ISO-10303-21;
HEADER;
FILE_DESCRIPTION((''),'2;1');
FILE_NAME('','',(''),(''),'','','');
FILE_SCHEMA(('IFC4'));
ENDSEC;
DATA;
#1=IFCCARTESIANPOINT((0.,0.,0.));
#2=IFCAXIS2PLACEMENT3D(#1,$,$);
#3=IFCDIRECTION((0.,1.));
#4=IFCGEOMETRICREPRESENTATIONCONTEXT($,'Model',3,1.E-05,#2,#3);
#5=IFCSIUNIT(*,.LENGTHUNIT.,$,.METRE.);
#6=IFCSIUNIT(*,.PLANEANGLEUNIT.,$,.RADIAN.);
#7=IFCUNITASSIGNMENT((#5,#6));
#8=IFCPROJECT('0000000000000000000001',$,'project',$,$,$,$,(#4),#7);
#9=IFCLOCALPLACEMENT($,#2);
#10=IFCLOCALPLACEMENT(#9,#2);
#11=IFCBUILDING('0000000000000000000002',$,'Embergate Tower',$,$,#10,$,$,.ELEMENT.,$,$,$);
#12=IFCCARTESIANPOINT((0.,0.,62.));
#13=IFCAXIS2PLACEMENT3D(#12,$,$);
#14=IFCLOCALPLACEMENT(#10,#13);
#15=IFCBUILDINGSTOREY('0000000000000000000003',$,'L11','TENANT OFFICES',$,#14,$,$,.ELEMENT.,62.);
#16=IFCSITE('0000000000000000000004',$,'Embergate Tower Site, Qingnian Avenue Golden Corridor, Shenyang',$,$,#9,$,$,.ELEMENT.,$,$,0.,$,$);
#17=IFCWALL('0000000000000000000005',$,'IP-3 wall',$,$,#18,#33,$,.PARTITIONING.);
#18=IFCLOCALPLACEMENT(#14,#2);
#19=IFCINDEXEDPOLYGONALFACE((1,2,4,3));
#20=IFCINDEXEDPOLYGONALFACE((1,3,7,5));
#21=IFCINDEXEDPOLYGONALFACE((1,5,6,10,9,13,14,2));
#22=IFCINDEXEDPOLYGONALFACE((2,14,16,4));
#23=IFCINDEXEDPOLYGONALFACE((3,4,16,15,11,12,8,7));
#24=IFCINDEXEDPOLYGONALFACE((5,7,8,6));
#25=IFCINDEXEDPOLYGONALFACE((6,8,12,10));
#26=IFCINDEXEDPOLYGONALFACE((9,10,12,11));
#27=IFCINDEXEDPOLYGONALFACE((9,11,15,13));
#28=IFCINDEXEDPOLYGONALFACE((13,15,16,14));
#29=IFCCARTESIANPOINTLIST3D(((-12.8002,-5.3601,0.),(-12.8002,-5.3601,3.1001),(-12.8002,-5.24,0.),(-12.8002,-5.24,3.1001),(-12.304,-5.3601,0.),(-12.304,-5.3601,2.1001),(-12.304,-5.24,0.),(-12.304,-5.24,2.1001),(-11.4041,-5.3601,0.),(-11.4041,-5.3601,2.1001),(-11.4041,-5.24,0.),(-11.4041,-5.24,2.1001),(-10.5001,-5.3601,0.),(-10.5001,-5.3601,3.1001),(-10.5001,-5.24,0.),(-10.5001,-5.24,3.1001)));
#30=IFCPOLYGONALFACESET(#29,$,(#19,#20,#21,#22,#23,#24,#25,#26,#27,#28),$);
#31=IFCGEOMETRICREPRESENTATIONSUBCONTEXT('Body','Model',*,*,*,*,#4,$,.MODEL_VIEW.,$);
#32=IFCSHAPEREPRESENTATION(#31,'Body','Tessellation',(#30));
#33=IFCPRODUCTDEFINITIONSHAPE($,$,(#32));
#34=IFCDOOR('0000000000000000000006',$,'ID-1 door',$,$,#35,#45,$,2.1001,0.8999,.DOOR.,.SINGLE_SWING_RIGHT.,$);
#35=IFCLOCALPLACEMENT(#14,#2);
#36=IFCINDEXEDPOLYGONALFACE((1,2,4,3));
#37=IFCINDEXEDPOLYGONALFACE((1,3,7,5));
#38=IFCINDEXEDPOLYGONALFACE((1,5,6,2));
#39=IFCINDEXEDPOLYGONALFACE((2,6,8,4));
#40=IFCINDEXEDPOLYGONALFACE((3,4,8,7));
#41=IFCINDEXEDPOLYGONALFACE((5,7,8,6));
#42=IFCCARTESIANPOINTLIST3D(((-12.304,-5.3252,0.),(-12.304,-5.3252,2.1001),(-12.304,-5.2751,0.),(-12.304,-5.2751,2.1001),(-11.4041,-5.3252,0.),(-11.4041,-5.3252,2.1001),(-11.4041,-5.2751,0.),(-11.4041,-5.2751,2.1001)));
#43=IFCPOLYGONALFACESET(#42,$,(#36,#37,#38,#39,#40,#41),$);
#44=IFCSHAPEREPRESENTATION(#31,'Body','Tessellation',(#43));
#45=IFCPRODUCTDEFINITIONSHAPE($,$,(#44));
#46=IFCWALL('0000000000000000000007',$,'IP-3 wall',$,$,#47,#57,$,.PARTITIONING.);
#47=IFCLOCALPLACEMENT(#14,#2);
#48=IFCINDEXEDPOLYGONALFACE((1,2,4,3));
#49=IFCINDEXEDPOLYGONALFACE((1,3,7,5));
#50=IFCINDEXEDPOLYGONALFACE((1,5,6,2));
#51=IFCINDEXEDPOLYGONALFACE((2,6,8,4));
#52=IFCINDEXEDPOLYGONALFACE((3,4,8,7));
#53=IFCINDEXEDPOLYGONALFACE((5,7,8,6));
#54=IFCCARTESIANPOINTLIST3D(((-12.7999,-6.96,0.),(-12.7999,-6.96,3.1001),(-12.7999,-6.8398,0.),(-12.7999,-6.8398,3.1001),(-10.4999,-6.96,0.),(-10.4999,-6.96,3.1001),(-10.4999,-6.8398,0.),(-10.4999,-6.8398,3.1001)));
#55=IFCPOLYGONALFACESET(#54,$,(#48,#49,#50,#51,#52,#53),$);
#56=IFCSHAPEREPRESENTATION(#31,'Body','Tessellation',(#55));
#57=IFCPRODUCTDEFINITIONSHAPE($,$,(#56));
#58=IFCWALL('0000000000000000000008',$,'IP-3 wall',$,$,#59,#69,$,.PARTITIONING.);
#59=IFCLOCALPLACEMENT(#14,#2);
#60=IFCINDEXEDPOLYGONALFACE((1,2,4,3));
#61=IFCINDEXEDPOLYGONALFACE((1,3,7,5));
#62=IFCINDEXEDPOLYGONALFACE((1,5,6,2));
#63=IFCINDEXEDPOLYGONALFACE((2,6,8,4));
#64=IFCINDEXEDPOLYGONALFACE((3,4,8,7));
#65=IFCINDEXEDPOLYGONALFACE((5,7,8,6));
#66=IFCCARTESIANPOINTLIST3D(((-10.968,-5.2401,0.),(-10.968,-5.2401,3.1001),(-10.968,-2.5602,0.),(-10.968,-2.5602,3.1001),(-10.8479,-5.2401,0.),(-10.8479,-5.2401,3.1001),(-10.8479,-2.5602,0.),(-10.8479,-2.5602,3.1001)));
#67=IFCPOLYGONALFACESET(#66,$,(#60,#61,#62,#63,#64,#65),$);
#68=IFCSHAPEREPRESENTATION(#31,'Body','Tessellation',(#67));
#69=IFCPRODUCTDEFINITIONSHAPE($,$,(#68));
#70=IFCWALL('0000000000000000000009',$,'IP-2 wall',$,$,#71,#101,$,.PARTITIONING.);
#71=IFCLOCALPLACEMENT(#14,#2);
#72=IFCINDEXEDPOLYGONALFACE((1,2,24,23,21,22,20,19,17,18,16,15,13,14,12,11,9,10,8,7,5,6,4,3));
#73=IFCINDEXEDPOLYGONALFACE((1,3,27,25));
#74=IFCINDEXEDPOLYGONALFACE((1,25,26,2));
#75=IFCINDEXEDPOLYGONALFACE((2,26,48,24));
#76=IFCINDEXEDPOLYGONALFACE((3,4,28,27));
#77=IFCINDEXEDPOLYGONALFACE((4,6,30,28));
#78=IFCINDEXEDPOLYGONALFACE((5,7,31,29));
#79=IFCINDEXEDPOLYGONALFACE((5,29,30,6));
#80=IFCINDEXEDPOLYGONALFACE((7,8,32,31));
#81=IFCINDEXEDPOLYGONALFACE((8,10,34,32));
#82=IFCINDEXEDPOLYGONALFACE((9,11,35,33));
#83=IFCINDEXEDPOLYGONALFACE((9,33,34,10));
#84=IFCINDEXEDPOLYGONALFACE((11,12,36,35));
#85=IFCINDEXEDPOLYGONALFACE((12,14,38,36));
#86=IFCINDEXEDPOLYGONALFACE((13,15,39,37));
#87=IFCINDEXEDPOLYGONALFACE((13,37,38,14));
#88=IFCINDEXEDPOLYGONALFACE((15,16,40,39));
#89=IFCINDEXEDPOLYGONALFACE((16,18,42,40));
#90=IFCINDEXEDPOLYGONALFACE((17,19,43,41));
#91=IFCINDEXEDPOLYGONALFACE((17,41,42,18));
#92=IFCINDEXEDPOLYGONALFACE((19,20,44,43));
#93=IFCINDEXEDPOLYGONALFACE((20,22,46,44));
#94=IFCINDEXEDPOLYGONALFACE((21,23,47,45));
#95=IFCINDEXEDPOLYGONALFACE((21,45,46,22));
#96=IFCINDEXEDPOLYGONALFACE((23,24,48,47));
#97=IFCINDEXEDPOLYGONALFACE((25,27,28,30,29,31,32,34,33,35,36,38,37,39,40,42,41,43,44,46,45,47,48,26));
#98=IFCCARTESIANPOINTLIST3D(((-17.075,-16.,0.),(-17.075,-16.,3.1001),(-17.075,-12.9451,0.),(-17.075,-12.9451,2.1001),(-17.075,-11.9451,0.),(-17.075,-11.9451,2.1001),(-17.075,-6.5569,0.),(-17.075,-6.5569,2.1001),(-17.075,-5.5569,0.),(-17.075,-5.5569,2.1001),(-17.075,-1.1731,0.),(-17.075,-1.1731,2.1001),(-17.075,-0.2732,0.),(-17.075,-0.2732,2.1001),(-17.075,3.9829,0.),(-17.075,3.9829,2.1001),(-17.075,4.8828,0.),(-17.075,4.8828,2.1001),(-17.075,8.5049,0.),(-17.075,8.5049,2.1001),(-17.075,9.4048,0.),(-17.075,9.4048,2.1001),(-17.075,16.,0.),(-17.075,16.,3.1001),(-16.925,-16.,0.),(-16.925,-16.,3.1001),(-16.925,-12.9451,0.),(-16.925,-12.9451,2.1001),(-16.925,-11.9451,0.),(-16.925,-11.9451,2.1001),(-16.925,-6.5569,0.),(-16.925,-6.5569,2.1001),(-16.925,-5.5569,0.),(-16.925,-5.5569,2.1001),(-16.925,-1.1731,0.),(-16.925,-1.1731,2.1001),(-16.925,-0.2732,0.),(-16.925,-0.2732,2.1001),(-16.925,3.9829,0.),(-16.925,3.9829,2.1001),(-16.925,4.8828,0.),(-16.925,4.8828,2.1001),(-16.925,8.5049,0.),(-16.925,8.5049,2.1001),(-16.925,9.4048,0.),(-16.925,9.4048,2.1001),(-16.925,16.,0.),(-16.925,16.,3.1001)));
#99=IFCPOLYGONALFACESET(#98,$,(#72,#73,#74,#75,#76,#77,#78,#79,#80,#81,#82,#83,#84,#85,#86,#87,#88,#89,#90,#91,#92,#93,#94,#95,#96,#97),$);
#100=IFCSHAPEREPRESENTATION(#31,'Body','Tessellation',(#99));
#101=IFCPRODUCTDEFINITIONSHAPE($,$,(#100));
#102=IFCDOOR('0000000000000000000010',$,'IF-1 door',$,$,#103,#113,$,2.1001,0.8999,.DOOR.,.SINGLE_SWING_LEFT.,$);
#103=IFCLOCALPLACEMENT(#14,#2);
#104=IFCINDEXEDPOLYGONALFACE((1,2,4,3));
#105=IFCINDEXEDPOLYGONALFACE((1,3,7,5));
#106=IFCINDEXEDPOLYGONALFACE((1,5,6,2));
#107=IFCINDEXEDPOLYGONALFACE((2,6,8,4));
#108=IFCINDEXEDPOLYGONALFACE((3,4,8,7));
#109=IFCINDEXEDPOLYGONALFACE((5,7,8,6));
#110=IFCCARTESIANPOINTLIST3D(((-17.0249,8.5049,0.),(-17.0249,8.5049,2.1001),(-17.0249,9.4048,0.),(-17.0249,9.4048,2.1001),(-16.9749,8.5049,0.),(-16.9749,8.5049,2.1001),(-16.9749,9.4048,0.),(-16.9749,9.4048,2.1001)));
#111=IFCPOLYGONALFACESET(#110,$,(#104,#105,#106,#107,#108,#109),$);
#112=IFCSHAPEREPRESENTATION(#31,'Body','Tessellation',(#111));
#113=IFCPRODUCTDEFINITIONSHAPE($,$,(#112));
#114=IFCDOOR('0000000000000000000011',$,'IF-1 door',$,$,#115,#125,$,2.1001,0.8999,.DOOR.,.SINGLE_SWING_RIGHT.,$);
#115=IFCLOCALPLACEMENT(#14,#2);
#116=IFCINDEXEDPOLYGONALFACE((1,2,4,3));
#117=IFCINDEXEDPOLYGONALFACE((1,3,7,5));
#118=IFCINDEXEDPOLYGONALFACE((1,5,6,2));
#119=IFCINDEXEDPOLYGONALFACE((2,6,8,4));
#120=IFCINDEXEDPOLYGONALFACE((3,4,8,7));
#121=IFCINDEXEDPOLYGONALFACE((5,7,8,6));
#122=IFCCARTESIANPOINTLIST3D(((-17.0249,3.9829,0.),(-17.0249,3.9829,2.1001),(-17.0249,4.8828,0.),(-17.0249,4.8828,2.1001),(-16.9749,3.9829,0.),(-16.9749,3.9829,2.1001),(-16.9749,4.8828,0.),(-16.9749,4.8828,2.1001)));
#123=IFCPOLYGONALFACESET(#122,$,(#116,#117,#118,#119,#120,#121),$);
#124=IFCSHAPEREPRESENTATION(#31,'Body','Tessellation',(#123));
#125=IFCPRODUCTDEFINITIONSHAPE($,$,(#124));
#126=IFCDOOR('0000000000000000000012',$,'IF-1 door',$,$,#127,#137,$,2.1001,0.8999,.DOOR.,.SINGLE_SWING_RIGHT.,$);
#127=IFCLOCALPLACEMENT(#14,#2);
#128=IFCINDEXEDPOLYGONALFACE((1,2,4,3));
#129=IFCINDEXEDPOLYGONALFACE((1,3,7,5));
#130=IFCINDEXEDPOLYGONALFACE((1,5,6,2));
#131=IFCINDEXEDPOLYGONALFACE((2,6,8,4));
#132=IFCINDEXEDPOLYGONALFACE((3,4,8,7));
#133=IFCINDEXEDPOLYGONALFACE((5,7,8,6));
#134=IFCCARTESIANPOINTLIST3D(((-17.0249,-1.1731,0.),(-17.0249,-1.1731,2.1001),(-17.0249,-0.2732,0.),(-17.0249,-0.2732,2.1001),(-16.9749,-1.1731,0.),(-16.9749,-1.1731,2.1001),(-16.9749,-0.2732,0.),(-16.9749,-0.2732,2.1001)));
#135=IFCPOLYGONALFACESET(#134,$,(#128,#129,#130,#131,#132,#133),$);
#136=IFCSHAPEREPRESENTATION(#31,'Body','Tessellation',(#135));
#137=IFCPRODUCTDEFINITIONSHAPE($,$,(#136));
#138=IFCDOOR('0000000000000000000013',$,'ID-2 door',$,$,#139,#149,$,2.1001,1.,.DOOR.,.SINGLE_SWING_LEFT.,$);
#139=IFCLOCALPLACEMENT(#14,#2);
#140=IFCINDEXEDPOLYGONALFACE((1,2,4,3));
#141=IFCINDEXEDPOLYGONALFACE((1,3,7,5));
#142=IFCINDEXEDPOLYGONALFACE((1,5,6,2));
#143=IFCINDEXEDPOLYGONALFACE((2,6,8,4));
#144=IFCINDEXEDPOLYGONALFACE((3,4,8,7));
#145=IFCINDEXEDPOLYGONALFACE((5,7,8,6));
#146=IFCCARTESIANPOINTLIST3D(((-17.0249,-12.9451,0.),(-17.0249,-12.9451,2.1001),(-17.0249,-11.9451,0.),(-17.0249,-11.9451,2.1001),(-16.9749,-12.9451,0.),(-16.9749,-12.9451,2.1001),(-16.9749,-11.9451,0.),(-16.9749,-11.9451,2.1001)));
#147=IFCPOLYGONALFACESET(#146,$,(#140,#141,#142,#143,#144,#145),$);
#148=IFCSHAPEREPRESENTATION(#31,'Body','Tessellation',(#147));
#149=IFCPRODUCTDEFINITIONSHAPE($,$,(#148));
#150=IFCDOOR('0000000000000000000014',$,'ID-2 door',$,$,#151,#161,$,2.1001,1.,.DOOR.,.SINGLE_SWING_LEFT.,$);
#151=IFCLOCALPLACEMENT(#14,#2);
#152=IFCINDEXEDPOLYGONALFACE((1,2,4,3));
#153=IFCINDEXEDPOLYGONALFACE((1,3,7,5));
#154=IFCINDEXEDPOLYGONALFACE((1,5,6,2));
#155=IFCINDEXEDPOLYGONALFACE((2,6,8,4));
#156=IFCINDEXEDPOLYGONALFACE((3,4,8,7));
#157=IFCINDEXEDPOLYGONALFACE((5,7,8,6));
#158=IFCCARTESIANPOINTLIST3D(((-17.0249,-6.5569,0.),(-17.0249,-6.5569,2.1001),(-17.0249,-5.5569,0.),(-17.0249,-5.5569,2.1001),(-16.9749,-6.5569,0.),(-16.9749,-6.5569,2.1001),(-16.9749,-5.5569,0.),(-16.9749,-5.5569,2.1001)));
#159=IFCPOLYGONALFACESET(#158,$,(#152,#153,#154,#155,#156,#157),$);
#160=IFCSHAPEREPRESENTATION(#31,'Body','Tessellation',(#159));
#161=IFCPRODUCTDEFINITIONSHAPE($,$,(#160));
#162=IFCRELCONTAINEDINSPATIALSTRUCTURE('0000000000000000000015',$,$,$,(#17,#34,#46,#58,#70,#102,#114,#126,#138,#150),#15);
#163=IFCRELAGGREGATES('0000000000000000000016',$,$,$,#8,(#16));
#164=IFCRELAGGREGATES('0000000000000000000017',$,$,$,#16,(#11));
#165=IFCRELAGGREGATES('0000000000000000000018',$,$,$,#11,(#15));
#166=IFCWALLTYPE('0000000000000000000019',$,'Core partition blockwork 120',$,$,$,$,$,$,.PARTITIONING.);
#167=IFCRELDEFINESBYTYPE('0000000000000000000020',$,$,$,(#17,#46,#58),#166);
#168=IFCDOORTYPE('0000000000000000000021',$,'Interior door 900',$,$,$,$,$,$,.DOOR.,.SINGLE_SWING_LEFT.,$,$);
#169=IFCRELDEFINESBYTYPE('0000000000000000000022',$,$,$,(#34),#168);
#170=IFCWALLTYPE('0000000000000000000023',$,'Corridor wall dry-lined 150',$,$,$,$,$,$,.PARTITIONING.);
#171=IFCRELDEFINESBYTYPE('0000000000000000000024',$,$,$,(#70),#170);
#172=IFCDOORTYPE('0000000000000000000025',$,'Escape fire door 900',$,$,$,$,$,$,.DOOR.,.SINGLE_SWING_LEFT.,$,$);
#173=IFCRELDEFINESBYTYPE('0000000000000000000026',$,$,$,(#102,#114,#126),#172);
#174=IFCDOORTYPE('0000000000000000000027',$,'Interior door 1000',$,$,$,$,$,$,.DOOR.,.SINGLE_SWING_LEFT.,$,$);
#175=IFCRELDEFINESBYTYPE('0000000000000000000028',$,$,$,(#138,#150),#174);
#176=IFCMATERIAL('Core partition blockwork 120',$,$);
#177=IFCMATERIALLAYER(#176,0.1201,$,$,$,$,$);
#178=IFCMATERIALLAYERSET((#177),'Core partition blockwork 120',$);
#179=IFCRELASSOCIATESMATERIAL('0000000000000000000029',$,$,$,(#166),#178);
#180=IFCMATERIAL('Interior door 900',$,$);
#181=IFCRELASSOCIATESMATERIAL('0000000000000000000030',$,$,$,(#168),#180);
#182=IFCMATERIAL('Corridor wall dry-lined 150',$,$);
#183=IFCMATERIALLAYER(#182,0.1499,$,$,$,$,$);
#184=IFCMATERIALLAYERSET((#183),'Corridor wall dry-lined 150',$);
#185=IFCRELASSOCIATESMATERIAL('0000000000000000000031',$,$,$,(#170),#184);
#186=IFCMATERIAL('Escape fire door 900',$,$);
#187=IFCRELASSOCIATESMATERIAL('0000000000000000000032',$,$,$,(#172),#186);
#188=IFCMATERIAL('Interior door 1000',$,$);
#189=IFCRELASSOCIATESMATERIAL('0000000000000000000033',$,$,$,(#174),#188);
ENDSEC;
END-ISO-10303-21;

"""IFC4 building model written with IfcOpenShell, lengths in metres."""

from ifc_helpers import new_model, si_unit, direction, frame, frame_2d, origin, place, context, subcontext, project, spatial, rectangle, extrude, source, transform, mapped, material, layer, layer_set, type_object, element, fill, save


model = new_model("IFC4")

# Units and contexts
model_context = context("Model", 3, precision=1e-05, world=origin(), true_north=direction((0.0, 1.0)))
body_context = subcontext(model_context, "Body", "Model", "MODEL_VIEW")
ifc_project = project(units=[si_unit("LENGTHUNIT", "METRE"), si_unit("PLANEANGLEUNIT", "RADIAN")], contexts=[model_context])

# Site, building, storey
site_placement = place(None, origin())
site = spatial("IfcSite", under=ifc_project, at=site_placement, Name="Embergate Tower Site, Qingnian Avenue Golden Corridor, Shenyang", CompositionType="ELEMENT", RefElevation=0.0)
building_placement = place(site_placement, origin())
building = spatial("IfcBuilding", under=site, at=building_placement, Name="Embergate Tower", CompositionType="ELEMENT")
storey_placement = place(building_placement, frame((0.0, 0.0, 62.0)))
storey = spatial("IfcBuildingStorey", under=building, at=storey_placement, Name="L11", Description="TENANT OFFICES", CompositionType="ELEMENT", Elevation=62.0)

# Wall, opening, door
ifc_material_1 = material(Name="Core partition blockwork 120")
ifc_layer_1 = layer(ifc_material_1, 0.1201)
ifc_layer_set_1 = layer_set([ifc_layer_1], Name="Core partition blockwork 120")
wall_type_1 = type_object("IfcWallType", Name="Core partition blockwork 120", PredefinedType="PARTITIONING", material=ifc_layer_set_1)
shared_shape_1 = source(origin(), body_context, "Body", "SweptSolid", [
    extrude(rectangle(XDim=2.3, YDim=0.1201, at=frame_2d((1.1499, 0.0))), origin(), (0.0, 0.0, 1.0), 3.1001),
])
shared_shape_2 = source(origin(), body_context, "Body", "SweptSolid", [
    extrude(rectangle(XDim=0.8999, YDim=2.1001, at=frame_2d((0.45, 1.05))), frame((0.0, 0.0701, 0.0), z_axis=(0.0, -1.0, 0.0), x_axis=(1.0, 0.0, 0.0)), (0.0, 0.0, 1.0), 0.1401),
])
ifc_material_2 = material(Name="Interior door 900")
door_type_1 = type_object("IfcDoorType", Name="Interior door 900", OperationType="SINGLE_SWING_LEFT", PredefinedType="DOOR", material=ifc_material_2)
shared_shape_3 = source(origin(), body_context, "Body", "SweptSolid", [
    extrude(rectangle(XDim=0.8999, YDim=2.1001, at=frame_2d((0.45, 1.05))), frame((0.0, 0.0249, 0.0), z_axis=(0.0, -1.0, 0.0), x_axis=(1.0, 0.0, 0.0)), (0.0, 0.0, 1.0), 0.05),
])
wall_1_placement = place(storey_placement, frame((-12.8, -5.3, 0.0), z_axis=(0.0, 0.0, 1.0), x_axis=(1.0, 0.0, 0.0)))
wall_1 = element("IfcWall", 1, at=wall_1_placement, inside=storey, type_object=wall_type_1, Name="IP-3 wall", PredefinedType="PARTITIONING", context=body_context, shape_type="MappedRepresentation", body=[
    mapped(shared_shape_1, transform((0.0, 0.0, 0.0))),
])
opening_1_placement = place(wall_1_placement, frame((0.4961, 0.0, 0.0)))
opening_1 = element("IfcOpeningElement", 2, at=opening_1_placement, cuts=wall_1, PredefinedType="OPENING", context=body_context, shape_type="MappedRepresentation", body=[
    mapped(shared_shape_2, transform((0.0, 0.0, 0.0))),
])
door_1_placement = place(opening_1_placement, origin())
door_1 = element("IfcDoor", 3, at=door_1_placement, inside=storey, type_object=door_type_1, Name="ID-1 door", OperationType="SINGLE_SWING_RIGHT", OverallHeight=2.1001, OverallWidth=0.8999, PredefinedType="DOOR", context=body_context, shape_type="MappedRepresentation", body=[
    mapped(shared_shape_3, transform((0.0, 0.0, 0.0))),
])
fill(opening_1, door_1)

# Walls
wall_2_placement = place(storey_placement, frame((-10.5, -6.8999, 0.0), z_axis=(0.0, 0.0, 1.0), x_axis=(-1.0, 0.0, 0.0)))
element("IfcWall", 4, at=wall_2_placement, inside=storey, type_object=wall_type_1, Name="IP-3 wall", PredefinedType="PARTITIONING", context=body_context, shape_type="MappedRepresentation", body=[
    mapped(shared_shape_1, transform((0.0, 0.0, 0.0))),
])
shared_shape_4 = source(origin(), body_context, "Body", "SweptSolid", [
    extrude(rectangle(XDim=2.6799, YDim=0.1201, at=frame_2d((1.3398, 0.0))), origin(), (0.0, 0.0, 1.0), 3.1001),
])
wall_3_placement = place(storey_placement, frame((-10.908, -5.24, 0.0), z_axis=(0.0, 0.0, 1.0), x_axis=(0.0, 1.0, 0.0)))
element("IfcWall", 5, at=wall_3_placement, inside=storey, type_object=wall_type_1, Name="IP-3 wall", PredefinedType="PARTITIONING", context=body_context, shape_type="MappedRepresentation", body=[
    mapped(shared_shape_4, transform((0.0, 0.0, 0.0))),
])

# Wall, openings, doors
ifc_material_3 = material(Name="Corridor wall dry-lined 150")
ifc_layer_2 = layer(ifc_material_3, 0.1499)
ifc_layer_set_2 = layer_set([ifc_layer_2], Name="Corridor wall dry-lined 150")
wall_type_2 = type_object("IfcWallType", Name="Corridor wall dry-lined 150", PredefinedType="PARTITIONING", material=ifc_layer_set_2)
shared_shape_5 = source(origin(), body_context, "Body", "SweptSolid", [
    extrude(rectangle(XDim=32.0, YDim=0.1499, at=frame_2d((16.0, 0.0))), origin(), (0.0, 0.0, 1.0), 3.1001),
])
wall_4_placement = place(storey_placement, frame((-17.0, -16.0, 0.0), z_axis=(0.0, 0.0, 1.0), x_axis=(0.0, 1.0, 0.0)))
wall_4 = element("IfcWall", 6, at=wall_4_placement, inside=storey, type_object=wall_type_2, Name="IP-2 wall", PredefinedType="PARTITIONING", context=body_context, shape_type="MappedRepresentation", body=[
    mapped(shared_shape_5, transform((0.0, 0.0, 0.0))),
])
shared_shape_6 = source(origin(), body_context, "Body", "SweptSolid", [
    extrude(rectangle(XDim=1.0, YDim=2.1001, at=frame_2d((0.5, 1.05))), frame((0.0, 0.085, 0.0), z_axis=(0.0, -1.0, 0.0), x_axis=(1.0, 0.0, 0.0)), (0.0, 0.0, 1.0), 0.1699),
])
opening_2_placement = place(wall_4_placement, frame((3.0549, 0.0, 0.0)))
opening_2 = element("IfcOpeningElement", 7, at=opening_2_placement, cuts=wall_4, PredefinedType="OPENING", context=body_context, shape_type="MappedRepresentation", body=[
    mapped(shared_shape_6, transform((0.0, 0.0, 0.0))),
])
shared_shape_7 = source(origin(), body_context, "Body", "SweptSolid", [
    extrude(rectangle(XDim=0.8999, YDim=2.1001, at=frame_2d((0.45, 1.05))), frame((0.0, 0.085, 0.0), z_axis=(0.0, -1.0, 0.0), x_axis=(1.0, 0.0, 0.0)), (0.0, 0.0, 1.0), 0.1699),
])
opening_3_placement = place(wall_4_placement, frame((24.5049, 0.0, 0.0)))
opening_3 = element("IfcOpeningElement", 8, at=opening_3_placement, cuts=wall_4, PredefinedType="OPENING", context=body_context, shape_type="MappedRepresentation", body=[
    mapped(shared_shape_7, transform((0.0, 0.0, 0.0))),
])
opening_4_placement = place(wall_4_placement, frame((19.9829, 0.0, 0.0)))
opening_4 = element("IfcOpeningElement", 9, at=opening_4_placement, cuts=wall_4, PredefinedType="OPENING", context=body_context, shape_type="MappedRepresentation", body=[
    mapped(shared_shape_7, transform((0.0, 0.0, 0.0))),
])
opening_5_placement = place(wall_4_placement, frame((14.8269, 0.0, 0.0)))
opening_5 = element("IfcOpeningElement", 10, at=opening_5_placement, cuts=wall_4, PredefinedType="OPENING", context=body_context, shape_type="MappedRepresentation", body=[
    mapped(shared_shape_7, transform((0.0, 0.0, 0.0))),
])
opening_6_placement = place(wall_4_placement, frame((9.4431, 0.0, 0.0)))
opening_6 = element("IfcOpeningElement", 11, at=opening_6_placement, cuts=wall_4, PredefinedType="OPENING", context=body_context, shape_type="MappedRepresentation", body=[
    mapped(shared_shape_6, transform((0.0, 0.0, 0.0))),
])
ifc_material_4 = material(Name="Escape fire door 900")
door_type_2 = type_object("IfcDoorType", Name="Escape fire door 900", OperationType="SINGLE_SWING_LEFT", PredefinedType="DOOR", material=ifc_material_4)
door_2_placement = place(opening_3_placement, origin())
door_2 = element("IfcDoor", 12, at=door_2_placement, inside=storey, type_object=door_type_2, Name="IF-1 door", OperationType="SINGLE_SWING_LEFT", OverallHeight=2.1001, OverallWidth=0.8999, PredefinedType="DOOR", context=body_context, shape_type="MappedRepresentation", body=[
    mapped(shared_shape_3, transform((0.0, 0.0, 0.0))),
])
fill(opening_3, door_2)
door_3_placement = place(opening_4_placement, origin())
door_3 = element("IfcDoor", 13, at=door_3_placement, inside=storey, type_object=door_type_2, Name="IF-1 door", OperationType="SINGLE_SWING_RIGHT", OverallHeight=2.1001, OverallWidth=0.8999, PredefinedType="DOOR", context=body_context, shape_type="MappedRepresentation", body=[
    mapped(shared_shape_3, transform((0.0, 0.0, 0.0))),
])
fill(opening_4, door_3)
door_4_placement = place(opening_5_placement, origin())
door_4 = element("IfcDoor", 14, at=door_4_placement, inside=storey, type_object=door_type_2, Name="IF-1 door", OperationType="SINGLE_SWING_RIGHT", OverallHeight=2.1001, OverallWidth=0.8999, PredefinedType="DOOR", context=body_context, shape_type="MappedRepresentation", body=[
    mapped(shared_shape_3, transform((0.0, 0.0, 0.0))),
])
fill(opening_5, door_4)
ifc_material_5 = material(Name="Interior door 1000")
door_type_3 = type_object("IfcDoorType", Name="Interior door 1000", OperationType="SINGLE_SWING_LEFT", PredefinedType="DOOR", material=ifc_material_5)
shared_shape_8 = source(origin(), body_context, "Body", "SweptSolid", [
    extrude(rectangle(XDim=1.0, YDim=2.1001, at=frame_2d((0.5, 1.05))), frame((0.0, 0.0249, 0.0), z_axis=(0.0, -1.0, 0.0), x_axis=(1.0, 0.0, 0.0)), (0.0, 0.0, 1.0), 0.05),
])
door_5_placement = place(opening_2_placement, origin())
door_5 = element("IfcDoor", 15, at=door_5_placement, inside=storey, type_object=door_type_3, Name="ID-2 door", OperationType="SINGLE_SWING_LEFT", OverallHeight=2.1001, OverallWidth=1.0, PredefinedType="DOOR", context=body_context, shape_type="MappedRepresentation", body=[
    mapped(shared_shape_8, transform((0.0, 0.0, 0.0))),
])
fill(opening_2, door_5)
door_6_placement = place(opening_6_placement, origin())
door_6 = element("IfcDoor", 16, at=door_6_placement, inside=storey, type_object=door_type_3, Name="ID-2 door", OperationType="SINGLE_SWING_LEFT", OverallHeight=2.1001, OverallWidth=1.0, PredefinedType="DOOR", context=body_context, shape_type="MappedRepresentation", body=[
    mapped(shared_shape_8, transform((0.0, 0.0, 0.0))),
])
fill(opening_6, door_6)

save(model, "model.ifc")
